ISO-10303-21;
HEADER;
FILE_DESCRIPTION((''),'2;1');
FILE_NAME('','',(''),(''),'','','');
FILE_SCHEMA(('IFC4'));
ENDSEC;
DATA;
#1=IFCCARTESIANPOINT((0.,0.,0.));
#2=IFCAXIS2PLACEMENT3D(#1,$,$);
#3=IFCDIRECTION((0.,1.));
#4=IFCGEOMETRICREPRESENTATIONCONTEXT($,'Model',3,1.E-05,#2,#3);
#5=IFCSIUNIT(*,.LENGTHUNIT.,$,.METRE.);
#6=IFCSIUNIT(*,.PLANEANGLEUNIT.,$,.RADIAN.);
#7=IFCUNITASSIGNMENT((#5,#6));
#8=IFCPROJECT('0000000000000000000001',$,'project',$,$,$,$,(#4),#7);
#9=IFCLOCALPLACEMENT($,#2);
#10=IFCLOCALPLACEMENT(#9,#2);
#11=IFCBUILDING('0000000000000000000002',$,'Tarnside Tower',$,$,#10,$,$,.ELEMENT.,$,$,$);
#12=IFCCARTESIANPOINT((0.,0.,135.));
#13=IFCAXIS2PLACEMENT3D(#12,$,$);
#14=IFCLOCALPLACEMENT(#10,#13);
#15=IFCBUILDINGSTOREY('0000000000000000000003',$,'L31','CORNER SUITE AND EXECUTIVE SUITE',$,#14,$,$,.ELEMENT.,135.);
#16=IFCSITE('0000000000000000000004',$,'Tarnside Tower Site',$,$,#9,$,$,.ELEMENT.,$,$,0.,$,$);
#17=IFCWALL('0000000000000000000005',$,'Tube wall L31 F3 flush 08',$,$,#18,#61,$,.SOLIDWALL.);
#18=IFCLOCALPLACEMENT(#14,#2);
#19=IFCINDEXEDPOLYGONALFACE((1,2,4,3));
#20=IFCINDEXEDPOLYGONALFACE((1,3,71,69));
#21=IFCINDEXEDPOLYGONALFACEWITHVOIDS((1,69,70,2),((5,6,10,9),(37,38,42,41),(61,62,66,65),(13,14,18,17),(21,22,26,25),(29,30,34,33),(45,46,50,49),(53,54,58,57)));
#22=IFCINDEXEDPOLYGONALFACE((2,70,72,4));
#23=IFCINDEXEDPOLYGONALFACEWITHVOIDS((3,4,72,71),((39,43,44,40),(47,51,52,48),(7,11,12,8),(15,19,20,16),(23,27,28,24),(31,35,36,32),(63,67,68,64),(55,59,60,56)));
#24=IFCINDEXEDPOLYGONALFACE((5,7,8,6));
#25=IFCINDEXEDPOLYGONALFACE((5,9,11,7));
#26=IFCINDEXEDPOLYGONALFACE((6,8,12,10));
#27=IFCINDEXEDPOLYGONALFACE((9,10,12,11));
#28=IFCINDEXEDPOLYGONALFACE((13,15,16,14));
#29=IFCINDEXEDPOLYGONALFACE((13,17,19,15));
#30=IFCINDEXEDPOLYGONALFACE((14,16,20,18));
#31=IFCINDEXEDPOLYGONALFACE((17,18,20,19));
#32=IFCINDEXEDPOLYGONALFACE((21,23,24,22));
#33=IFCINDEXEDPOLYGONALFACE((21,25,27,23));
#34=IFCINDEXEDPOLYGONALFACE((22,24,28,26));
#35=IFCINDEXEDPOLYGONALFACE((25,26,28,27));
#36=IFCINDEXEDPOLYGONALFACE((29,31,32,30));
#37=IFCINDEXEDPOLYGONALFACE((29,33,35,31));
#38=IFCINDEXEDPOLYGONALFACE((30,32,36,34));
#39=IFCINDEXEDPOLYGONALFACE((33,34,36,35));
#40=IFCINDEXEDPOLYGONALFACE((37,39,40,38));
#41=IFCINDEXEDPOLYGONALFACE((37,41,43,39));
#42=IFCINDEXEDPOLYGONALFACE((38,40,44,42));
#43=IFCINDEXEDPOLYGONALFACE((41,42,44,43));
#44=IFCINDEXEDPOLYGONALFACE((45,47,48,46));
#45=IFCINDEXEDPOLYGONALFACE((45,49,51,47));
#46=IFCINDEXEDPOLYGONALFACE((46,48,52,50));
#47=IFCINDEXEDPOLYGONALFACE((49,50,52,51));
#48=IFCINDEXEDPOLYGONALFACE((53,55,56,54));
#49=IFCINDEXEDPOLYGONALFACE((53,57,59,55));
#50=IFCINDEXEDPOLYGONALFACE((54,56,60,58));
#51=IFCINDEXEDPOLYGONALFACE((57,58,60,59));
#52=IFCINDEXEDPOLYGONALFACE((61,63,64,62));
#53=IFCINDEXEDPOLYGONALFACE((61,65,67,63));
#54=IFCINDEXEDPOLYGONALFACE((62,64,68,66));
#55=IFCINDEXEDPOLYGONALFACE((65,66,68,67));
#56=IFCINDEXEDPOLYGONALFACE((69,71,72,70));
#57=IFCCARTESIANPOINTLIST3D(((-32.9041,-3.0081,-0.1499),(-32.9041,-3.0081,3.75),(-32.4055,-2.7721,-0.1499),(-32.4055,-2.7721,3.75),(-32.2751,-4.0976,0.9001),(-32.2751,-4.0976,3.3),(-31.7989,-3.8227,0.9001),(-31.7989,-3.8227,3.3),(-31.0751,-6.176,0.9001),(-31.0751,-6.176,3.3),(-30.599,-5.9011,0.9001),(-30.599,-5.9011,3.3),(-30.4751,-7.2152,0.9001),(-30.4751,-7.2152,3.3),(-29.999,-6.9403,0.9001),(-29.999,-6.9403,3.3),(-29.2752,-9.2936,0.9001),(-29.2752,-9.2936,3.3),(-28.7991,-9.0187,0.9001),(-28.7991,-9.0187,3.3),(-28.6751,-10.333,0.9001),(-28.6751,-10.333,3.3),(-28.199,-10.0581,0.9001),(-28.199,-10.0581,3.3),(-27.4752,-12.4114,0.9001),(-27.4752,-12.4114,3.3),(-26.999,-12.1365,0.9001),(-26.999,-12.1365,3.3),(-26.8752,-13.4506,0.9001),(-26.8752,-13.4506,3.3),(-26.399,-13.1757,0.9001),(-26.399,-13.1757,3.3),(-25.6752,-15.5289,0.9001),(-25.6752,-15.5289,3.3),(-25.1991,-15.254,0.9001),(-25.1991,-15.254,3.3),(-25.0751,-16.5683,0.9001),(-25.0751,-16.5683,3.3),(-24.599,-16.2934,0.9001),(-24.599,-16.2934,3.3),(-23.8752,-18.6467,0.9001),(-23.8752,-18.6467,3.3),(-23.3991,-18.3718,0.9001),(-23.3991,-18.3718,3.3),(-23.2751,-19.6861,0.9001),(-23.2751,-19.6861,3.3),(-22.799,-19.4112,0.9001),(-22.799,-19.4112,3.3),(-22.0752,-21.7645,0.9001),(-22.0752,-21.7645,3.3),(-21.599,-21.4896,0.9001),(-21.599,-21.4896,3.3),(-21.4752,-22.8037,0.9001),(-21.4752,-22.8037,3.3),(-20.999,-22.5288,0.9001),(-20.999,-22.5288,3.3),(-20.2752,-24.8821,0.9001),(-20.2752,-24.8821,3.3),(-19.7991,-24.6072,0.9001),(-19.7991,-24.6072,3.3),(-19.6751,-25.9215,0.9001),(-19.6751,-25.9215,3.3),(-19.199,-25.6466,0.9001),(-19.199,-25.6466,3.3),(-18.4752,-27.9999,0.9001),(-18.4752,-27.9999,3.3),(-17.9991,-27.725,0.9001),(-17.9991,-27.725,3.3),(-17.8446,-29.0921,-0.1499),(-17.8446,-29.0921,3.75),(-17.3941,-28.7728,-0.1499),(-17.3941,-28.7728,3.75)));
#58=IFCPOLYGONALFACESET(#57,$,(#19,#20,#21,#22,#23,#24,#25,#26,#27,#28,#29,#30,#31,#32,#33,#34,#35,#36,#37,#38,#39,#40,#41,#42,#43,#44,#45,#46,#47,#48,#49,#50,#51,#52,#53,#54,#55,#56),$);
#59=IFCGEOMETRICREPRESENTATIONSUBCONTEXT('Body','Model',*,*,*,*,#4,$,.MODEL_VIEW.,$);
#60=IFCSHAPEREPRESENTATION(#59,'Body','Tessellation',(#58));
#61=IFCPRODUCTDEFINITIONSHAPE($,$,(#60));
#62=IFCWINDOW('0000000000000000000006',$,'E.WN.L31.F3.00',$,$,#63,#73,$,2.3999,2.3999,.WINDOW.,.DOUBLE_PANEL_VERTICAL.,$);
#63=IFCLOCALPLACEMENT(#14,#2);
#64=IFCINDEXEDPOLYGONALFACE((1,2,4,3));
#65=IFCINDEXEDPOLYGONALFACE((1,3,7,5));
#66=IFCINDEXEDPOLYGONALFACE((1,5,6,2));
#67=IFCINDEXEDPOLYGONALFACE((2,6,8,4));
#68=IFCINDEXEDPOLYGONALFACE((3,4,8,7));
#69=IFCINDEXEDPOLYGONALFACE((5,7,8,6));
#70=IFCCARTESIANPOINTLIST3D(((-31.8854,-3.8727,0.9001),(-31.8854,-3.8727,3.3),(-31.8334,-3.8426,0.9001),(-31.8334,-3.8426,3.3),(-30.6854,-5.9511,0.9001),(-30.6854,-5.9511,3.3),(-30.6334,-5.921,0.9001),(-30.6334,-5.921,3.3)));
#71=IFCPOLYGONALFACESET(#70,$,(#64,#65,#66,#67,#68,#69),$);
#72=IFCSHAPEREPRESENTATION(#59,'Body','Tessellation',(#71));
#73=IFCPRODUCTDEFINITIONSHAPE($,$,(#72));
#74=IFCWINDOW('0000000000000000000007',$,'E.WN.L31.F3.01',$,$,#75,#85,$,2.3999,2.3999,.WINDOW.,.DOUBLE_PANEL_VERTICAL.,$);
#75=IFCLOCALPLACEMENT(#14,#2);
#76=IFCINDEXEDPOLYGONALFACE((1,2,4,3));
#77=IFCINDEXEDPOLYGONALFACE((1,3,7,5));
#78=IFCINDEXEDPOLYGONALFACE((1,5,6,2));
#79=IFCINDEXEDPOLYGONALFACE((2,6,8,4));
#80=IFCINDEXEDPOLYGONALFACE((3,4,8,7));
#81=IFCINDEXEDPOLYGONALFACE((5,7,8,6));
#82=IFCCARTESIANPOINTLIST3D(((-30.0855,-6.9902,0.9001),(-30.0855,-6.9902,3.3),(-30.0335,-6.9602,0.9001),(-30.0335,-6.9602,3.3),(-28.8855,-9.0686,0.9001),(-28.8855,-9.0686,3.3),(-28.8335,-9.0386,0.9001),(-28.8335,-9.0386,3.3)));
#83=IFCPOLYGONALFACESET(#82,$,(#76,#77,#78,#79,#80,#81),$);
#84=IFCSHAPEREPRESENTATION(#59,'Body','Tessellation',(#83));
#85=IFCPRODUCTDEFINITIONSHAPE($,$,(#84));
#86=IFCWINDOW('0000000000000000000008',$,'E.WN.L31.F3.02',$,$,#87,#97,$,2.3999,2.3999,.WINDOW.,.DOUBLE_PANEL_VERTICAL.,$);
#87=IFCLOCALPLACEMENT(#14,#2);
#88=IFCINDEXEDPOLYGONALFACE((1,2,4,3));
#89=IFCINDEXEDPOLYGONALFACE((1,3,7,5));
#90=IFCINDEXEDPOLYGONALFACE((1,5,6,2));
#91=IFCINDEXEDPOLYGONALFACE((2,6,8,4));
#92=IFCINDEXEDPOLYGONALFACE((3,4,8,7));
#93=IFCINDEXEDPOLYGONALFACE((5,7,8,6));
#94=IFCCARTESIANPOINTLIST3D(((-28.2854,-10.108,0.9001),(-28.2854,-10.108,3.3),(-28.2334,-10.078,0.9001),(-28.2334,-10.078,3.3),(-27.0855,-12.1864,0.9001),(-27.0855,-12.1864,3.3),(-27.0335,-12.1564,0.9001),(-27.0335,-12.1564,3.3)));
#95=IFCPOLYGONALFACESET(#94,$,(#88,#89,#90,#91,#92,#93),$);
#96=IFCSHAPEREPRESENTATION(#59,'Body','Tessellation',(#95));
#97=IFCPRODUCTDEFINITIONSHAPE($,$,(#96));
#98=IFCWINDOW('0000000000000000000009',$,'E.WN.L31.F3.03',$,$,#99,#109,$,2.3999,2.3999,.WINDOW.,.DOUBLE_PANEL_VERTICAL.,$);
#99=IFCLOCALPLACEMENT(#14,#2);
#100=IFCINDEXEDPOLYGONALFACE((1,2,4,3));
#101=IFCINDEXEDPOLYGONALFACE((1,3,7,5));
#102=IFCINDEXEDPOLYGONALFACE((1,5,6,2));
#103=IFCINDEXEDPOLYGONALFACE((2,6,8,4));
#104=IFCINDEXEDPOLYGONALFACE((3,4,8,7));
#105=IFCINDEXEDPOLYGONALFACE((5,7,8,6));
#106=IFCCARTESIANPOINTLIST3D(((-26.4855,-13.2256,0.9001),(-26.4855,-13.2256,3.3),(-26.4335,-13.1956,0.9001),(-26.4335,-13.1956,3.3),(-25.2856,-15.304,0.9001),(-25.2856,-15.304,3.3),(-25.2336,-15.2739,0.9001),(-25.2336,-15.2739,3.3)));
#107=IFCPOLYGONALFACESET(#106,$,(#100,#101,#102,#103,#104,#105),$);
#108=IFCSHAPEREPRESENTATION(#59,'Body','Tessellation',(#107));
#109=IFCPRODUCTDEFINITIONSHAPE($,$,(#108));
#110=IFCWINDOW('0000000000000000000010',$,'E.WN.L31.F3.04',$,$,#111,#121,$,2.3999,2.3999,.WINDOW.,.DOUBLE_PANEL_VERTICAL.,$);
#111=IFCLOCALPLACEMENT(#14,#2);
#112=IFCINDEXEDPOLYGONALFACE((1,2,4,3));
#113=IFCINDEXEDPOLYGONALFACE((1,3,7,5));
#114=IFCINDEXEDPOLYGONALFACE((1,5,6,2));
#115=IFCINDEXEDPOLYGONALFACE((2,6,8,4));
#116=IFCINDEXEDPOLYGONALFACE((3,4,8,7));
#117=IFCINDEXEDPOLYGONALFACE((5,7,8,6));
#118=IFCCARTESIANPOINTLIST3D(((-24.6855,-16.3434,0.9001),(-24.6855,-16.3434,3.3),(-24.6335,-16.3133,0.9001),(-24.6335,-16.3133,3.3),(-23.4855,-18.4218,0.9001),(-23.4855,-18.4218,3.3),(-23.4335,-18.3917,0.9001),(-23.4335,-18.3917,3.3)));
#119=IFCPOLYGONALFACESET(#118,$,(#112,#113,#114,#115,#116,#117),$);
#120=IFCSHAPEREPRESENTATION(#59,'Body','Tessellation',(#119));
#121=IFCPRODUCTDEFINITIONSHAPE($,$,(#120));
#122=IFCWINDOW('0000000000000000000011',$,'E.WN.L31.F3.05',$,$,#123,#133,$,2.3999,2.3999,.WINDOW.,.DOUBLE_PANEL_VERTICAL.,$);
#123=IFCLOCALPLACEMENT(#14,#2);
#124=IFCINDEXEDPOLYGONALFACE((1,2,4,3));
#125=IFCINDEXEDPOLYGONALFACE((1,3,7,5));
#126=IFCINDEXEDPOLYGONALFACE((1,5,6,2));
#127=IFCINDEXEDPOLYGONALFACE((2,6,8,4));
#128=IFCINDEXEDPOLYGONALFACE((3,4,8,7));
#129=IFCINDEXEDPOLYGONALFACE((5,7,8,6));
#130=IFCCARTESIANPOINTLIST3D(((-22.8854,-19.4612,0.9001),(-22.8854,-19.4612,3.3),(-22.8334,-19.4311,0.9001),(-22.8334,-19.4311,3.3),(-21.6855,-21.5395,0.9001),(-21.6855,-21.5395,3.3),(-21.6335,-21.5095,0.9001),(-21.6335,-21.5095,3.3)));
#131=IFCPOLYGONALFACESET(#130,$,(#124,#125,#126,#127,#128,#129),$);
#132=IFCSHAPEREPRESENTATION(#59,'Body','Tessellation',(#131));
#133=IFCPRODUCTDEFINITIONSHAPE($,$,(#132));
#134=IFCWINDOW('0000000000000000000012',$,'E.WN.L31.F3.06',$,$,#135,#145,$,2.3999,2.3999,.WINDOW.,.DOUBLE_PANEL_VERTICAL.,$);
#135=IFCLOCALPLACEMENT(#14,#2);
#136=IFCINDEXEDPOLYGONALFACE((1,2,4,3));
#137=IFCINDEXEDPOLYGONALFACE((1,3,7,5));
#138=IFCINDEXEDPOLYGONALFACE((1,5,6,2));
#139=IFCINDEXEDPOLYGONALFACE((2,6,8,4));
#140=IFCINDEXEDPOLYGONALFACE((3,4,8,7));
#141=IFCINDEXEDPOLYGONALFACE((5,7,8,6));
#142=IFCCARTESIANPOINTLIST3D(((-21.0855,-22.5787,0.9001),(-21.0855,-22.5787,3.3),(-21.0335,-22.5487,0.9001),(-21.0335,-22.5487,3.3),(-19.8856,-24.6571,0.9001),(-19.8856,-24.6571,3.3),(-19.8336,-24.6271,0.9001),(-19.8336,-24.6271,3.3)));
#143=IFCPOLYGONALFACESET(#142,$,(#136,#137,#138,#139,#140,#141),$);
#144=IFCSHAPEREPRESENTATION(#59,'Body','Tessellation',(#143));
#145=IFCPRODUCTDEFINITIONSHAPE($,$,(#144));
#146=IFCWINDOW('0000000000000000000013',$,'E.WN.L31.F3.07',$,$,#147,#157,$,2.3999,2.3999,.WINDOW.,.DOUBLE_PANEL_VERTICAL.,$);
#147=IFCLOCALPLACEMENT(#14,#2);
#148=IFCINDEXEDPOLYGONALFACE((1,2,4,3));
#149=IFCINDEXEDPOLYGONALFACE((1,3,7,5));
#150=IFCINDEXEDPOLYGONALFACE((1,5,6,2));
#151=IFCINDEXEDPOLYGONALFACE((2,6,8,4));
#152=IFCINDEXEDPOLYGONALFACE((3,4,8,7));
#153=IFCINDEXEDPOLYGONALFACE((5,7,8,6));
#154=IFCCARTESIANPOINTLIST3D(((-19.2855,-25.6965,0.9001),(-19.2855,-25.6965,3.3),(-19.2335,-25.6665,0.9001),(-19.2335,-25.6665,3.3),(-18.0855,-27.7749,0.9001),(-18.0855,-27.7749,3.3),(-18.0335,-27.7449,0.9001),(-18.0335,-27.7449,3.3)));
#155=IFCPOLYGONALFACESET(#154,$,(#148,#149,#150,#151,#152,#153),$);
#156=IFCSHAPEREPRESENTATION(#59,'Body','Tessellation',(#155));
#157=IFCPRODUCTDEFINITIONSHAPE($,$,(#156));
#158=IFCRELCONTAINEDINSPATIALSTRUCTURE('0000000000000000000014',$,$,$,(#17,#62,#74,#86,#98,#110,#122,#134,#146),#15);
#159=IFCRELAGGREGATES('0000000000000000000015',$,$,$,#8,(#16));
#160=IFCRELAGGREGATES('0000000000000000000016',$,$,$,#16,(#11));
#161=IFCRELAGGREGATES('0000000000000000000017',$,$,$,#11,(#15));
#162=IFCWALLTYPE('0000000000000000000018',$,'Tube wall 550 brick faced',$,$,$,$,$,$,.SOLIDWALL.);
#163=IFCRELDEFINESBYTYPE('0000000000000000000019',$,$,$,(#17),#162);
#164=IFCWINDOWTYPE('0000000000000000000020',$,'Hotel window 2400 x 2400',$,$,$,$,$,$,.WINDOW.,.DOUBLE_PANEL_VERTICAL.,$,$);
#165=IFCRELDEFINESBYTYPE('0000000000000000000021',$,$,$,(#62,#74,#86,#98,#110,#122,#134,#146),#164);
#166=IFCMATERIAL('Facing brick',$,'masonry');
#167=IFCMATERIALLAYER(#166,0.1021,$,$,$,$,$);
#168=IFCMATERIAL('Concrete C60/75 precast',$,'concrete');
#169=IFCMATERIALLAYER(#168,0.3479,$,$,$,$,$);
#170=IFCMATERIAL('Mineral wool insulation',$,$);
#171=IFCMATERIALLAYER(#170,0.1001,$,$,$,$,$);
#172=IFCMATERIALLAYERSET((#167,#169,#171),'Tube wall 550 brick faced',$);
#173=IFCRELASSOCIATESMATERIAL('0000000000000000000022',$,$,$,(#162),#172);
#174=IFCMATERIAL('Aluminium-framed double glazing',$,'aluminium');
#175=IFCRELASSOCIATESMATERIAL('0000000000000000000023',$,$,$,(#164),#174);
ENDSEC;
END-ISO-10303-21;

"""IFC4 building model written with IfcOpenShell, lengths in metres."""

from ifc_helpers import new_model, si_unit, direction, frame, frame_2d, origin, place, context, subcontext, project, spatial, polyline, rectangle, outline, extrude, material, layer, layer_set, type_object, element, fill, save


model = new_model("IFC4")

# Units and contexts
model_context = context("Model", 3, precision=1e-05, world=origin(), true_north=direction((0.0, 1.0)))
body_context = subcontext(model_context, "Body", "Model", "MODEL_VIEW")
ifc_project = project(units=[si_unit("LENGTHUNIT", "METRE"), si_unit("PLANEANGLEUNIT", "RADIAN")], contexts=[model_context])

# Site, building, storey
site_placement = place(None, origin())
site = spatial("IfcSite", under=ifc_project, at=site_placement, Name="Tarnside Tower Site", CompositionType="ELEMENT", RefElevation=0.0)
building_placement = place(site_placement, origin())
building = spatial("IfcBuilding", under=site, at=building_placement, Name="Tarnside Tower", CompositionType="ELEMENT")
storey_placement = place(building_placement, frame((0.0, 0.0, 135.0)))
storey = spatial("IfcBuildingStorey", under=building, at=storey_placement, Name="L31", Description="CORNER SUITE AND EXECUTIVE SUITE", CompositionType="ELEMENT", Elevation=135.0)

# Shared definitions
ifc_material_1 = material(Name="Facing brick", Category="masonry")
ifc_layer_1 = layer(ifc_material_1, 0.1021)
ifc_material_2 = material(Name="Concrete C60/75 precast", Category="concrete")
ifc_layer_2 = layer(ifc_material_2, 0.3479)
ifc_material_3 = material(Name="Mineral wool insulation")
ifc_layer_3 = layer(ifc_material_3, 0.1001)
ifc_layer_set_1 = layer_set([ifc_layer_1, ifc_layer_2, ifc_layer_3], Name="Tube wall 550 brick faced")
wall_type = type_object("IfcWallType", Name="Tube wall 550 brick faced", PredefinedType="SOLIDWALL", material=ifc_layer_set_1)

# Wall, openings, windows
wall_1_placement = place(storey_placement, frame((-32.6548, -2.8901, -0.1499), z_axis=(0.0, 0.0, 1.0), x_axis=(0.499998, -0.866027, 0.0)))
wall_1 = element("IfcWall", 1, at=wall_1_placement, inside=storey, type_object=wall_type, Name="Tube wall L31 F3 flush 08", PredefinedType="SOLIDWALL", context=body_context, shape_type="SweptSolid", body=[
    extrude(outline(polyline([(-0.0225, -0.2749), (30.0967, -0.2749), (30.0454, 0.2749), (0.0225, 0.2749), (-0.0225, -0.2749)])), origin(), (0.0, 0.0, 1.0), 3.8999),
])
opening_1_placement = place(wall_1_placement, frame((1.2356, 0.0, 1.05)))
opening_1 = element("IfcOpeningElement", 2, at=opening_1_placement, cuts=wall_1, PredefinedType="OPENING", context=body_context, shape_type="SweptSolid", body=[
    extrude(rectangle(XDim=2.3999, YDim=2.3999, at=frame_2d((1.2, 1.2))), frame((0.0, 0.2852, 0.0), z_axis=(0.0, -1.0, 0.0), x_axis=(1.0, 0.0, 0.0)), (0.0, 0.0, 1.0), 0.5701),
])
opening_2_placement = place(wall_1_placement, frame((4.8354, 0.0, 1.05)))
opening_2 = element("IfcOpeningElement", 3, at=opening_2_placement, cuts=wall_1, PredefinedType="OPENING", context=body_context, shape_type="SweptSolid", body=[
    extrude(rectangle(XDim=2.3999, YDim=2.3999, at=frame_2d((1.2, 1.2))), frame((0.0, 0.2852, 0.0), z_axis=(0.0, -1.0, 0.0), x_axis=(1.0, 0.0, 0.0)), (0.0, 0.0, 1.0), 0.5701),
])
opening_3_placement = place(wall_1_placement, frame((8.4355, 0.0, 1.05)))
opening_3 = element("IfcOpeningElement", 4, at=opening_3_placement, cuts=wall_1, PredefinedType="OPENING", context=body_context, shape_type="SweptSolid", body=[
    extrude(rectangle(XDim=2.3999, YDim=2.3999, at=frame_2d((1.2, 1.2))), frame((0.0, 0.2852, 0.0), z_axis=(0.0, -1.0, 0.0), x_axis=(1.0, 0.0, 0.0)), (0.0, 0.0, 1.0), 0.5701),
])
opening_4_placement = place(wall_1_placement, frame((12.0354, 0.0, 1.05)))
opening_4 = element("IfcOpeningElement", 5, at=opening_4_placement, cuts=wall_1, PredefinedType="OPENING", context=body_context, shape_type="SweptSolid", body=[
    extrude(rectangle(XDim=2.3999, YDim=2.3999, at=frame_2d((1.2, 1.2))), frame((0.0, 0.2852, 0.0), z_axis=(0.0, -1.0, 0.0), x_axis=(1.0, 0.0, 0.0)), (0.0, 0.0, 1.0), 0.5701),
])
opening_5_placement = place(wall_1_placement, frame((15.6355, 0.0, 1.05)))
opening_5 = element("IfcOpeningElement", 6, at=opening_5_placement, cuts=wall_1, PredefinedType="OPENING", context=body_context, shape_type="SweptSolid", body=[
    extrude(rectangle(XDim=2.3999, YDim=2.3999, at=frame_2d((1.2, 1.2))), frame((0.0, 0.2852, 0.0), z_axis=(0.0, -1.0, 0.0), x_axis=(1.0, 0.0, 0.0)), (0.0, 0.0, 1.0), 0.5701),
])
opening_6_placement = place(wall_1_placement, frame((19.2356, 0.0, 1.05)))
opening_6 = element("IfcOpeningElement", 7, at=opening_6_placement, cuts=wall_1, PredefinedType="OPENING", context=body_context, shape_type="SweptSolid", body=[
    extrude(rectangle(XDim=2.3999, YDim=2.3999, at=frame_2d((1.2, 1.2))), frame((0.0, 0.2852, 0.0), z_axis=(0.0, -1.0, 0.0), x_axis=(1.0, 0.0, 0.0)), (0.0, 0.0, 1.0), 0.5701),
])
opening_7_placement = place(wall_1_placement, frame((22.8354, 0.0, 1.05)))
opening_7 = element("IfcOpeningElement", 8, at=opening_7_placement, cuts=wall_1, PredefinedType="OPENING", context=body_context, shape_type="SweptSolid", body=[
    extrude(rectangle(XDim=2.3999, YDim=2.3999, at=frame_2d((1.2, 1.2))), frame((0.0, 0.2852, 0.0), z_axis=(0.0, -1.0, 0.0), x_axis=(1.0, 0.0, 0.0)), (0.0, 0.0, 1.0), 0.5701),
])
opening_8_placement = place(wall_1_placement, frame((26.4355, 0.0, 1.05)))
opening_8 = element("IfcOpeningElement", 9, at=opening_8_placement, cuts=wall_1, PredefinedType="OPENING", context=body_context, shape_type="SweptSolid", body=[
    extrude(rectangle(XDim=2.3999, YDim=2.3999, at=frame_2d((1.2, 1.2))), frame((0.0, 0.2852, 0.0), z_axis=(0.0, -1.0, 0.0), x_axis=(1.0, 0.0, 0.0)), (0.0, 0.0, 1.0), 0.5701),
])
ifc_material_4 = material(Name="Aluminium-framed double glazing", Category="aluminium")
window_type = type_object("IfcWindowType", Name="Hotel window 2400 x 2400", PartitioningType="DOUBLE_PANEL_VERTICAL", PredefinedType="WINDOW", material=ifc_material_4)
window_1_placement = place(opening_1_placement, frame((0.0, 0.2051, 0.0)))
window_1 = element("IfcWindow", 10, at=window_1_placement, inside=storey, type_object=window_type, Name="E.WN.L31.F3.00", OverallHeight=2.3999, OverallWidth=2.3999, PartitioningType="DOUBLE_PANEL_VERTICAL", PredefinedType="WINDOW", context=body_context, shape_type="SweptSolid", body=[
    extrude(rectangle(XDim=2.3999, YDim=2.3999, at=frame_2d((1.2, 1.2))), frame((0.0, 0.03, 0.0), z_axis=(0.0, -1.0, 0.0), x_axis=(1.0, 0.0, 0.0)), (0.0, 0.0, 1.0), 0.0601),
])
fill(opening_1, window_1)
window_2_placement = place(opening_2_placement, frame((0.0, 0.2051, 0.0)))
window_2 = element("IfcWindow", 11, at=window_2_placement, inside=storey, type_object=window_type, Name="E.WN.L31.F3.01", OverallHeight=2.3999, OverallWidth=2.3999, PartitioningType="DOUBLE_PANEL_VERTICAL", PredefinedType="WINDOW", context=body_context, shape_type="SweptSolid", body=[
    extrude(rectangle(XDim=2.3999, YDim=2.3999, at=frame_2d((1.2, 1.2))), frame((0.0, 0.03, 0.0), z_axis=(0.0, -1.0, 0.0), x_axis=(1.0, 0.0, 0.0)), (0.0, 0.0, 1.0), 0.0601),
])
fill(opening_2, window_2)
window_3_placement = place(opening_3_placement, frame((0.0, 0.2051, 0.0)))
window_3 = element("IfcWindow", 12, at=window_3_placement, inside=storey, type_object=window_type, Name="E.WN.L31.F3.02", OverallHeight=2.3999, OverallWidth=2.3999, PartitioningType="DOUBLE_PANEL_VERTICAL", PredefinedType="WINDOW", context=body_context, shape_type="SweptSolid", body=[
    extrude(rectangle(XDim=2.3999, YDim=2.3999, at=frame_2d((1.2, 1.2))), frame((0.0, 0.03, 0.0), z_axis=(0.0, -1.0, 0.0), x_axis=(1.0, 0.0, 0.0)), (0.0, 0.0, 1.0), 0.0601),
])
fill(opening_3, window_3)
window_4_placement = place(opening_4_placement, frame((0.0, 0.2051, 0.0)))
window_4 = element("IfcWindow", 13, at=window_4_placement, inside=storey, type_object=window_type, Name="E.WN.L31.F3.03", OverallHeight=2.3999, OverallWidth=2.3999, PartitioningType="DOUBLE_PANEL_VERTICAL", PredefinedType="WINDOW", context=body_context, shape_type="SweptSolid", body=[
    extrude(rectangle(XDim=2.3999, YDim=2.3999, at=frame_2d((1.2, 1.2))), frame((0.0, 0.03, 0.0), z_axis=(0.0, -1.0, 0.0), x_axis=(1.0, 0.0, 0.0)), (0.0, 0.0, 1.0), 0.0601),
])
fill(opening_4, window_4)
window_5_placement = place(opening_5_placement, frame((0.0, 0.2051, 0.0)))
window_5 = element("IfcWindow", 14, at=window_5_placement, inside=storey, type_object=window_type, Name="E.WN.L31.F3.04", OverallHeight=2.3999, OverallWidth=2.3999, PartitioningType="DOUBLE_PANEL_VERTICAL", PredefinedType="WINDOW", context=body_context, shape_type="SweptSolid", body=[
    extrude(rectangle(XDim=2.3999, YDim=2.3999, at=frame_2d((1.2, 1.2))), frame((0.0, 0.03, 0.0), z_axis=(0.0, -1.0, 0.0), x_axis=(1.0, 0.0, 0.0)), (0.0, 0.0, 1.0), 0.0601),
])
fill(opening_5, window_5)
window_6_placement = place(opening_6_placement, frame((0.0, 0.2051, 0.0)))
window_6 = element("IfcWindow", 15, at=window_6_placement, inside=storey, type_object=window_type, Name="E.WN.L31.F3.05", OverallHeight=2.3999, OverallWidth=2.3999, PartitioningType="DOUBLE_PANEL_VERTICAL", PredefinedType="WINDOW", context=body_context, shape_type="SweptSolid", body=[
    extrude(rectangle(XDim=2.3999, YDim=2.3999, at=frame_2d((1.2, 1.2))), frame((0.0, 0.03, 0.0), z_axis=(0.0, -1.0, 0.0), x_axis=(1.0, 0.0, 0.0)), (0.0, 0.0, 1.0), 0.0601),
])
fill(opening_6, window_6)
window_7_placement = place(opening_7_placement, frame((0.0, 0.2051, 0.0)))
window_7 = element("IfcWindow", 16, at=window_7_placement, inside=storey, type_object=window_type, Name="E.WN.L31.F3.06", OverallHeight=2.3999, OverallWidth=2.3999, PartitioningType="DOUBLE_PANEL_VERTICAL", PredefinedType="WINDOW", context=body_context, shape_type="SweptSolid", body=[
    extrude(rectangle(XDim=2.3999, YDim=2.3999, at=frame_2d((1.2, 1.2))), frame((0.0, 0.03, 0.0), z_axis=(0.0, -1.0, 0.0), x_axis=(1.0, 0.0, 0.0)), (0.0, 0.0, 1.0), 0.0601),
])
fill(opening_7, window_7)
window_8_placement = place(opening_8_placement, frame((0.0, 0.2051, 0.0)))
window_8 = element("IfcWindow", 17, at=window_8_placement, inside=storey, type_object=window_type, Name="E.WN.L31.F3.07", OverallHeight=2.3999, OverallWidth=2.3999, PartitioningType="DOUBLE_PANEL_VERTICAL", PredefinedType="WINDOW", context=body_context, shape_type="SweptSolid", body=[
    extrude(rectangle(XDim=2.3999, YDim=2.3999, at=frame_2d((1.2, 1.2))), frame((0.0, 0.03, 0.0), z_axis=(0.0, -1.0, 0.0), x_axis=(1.0, 0.0, 0.0)), (0.0, 0.0, 1.0), 0.0601),
])
fill(opening_8, window_8)

save(model, "model.ifc")
